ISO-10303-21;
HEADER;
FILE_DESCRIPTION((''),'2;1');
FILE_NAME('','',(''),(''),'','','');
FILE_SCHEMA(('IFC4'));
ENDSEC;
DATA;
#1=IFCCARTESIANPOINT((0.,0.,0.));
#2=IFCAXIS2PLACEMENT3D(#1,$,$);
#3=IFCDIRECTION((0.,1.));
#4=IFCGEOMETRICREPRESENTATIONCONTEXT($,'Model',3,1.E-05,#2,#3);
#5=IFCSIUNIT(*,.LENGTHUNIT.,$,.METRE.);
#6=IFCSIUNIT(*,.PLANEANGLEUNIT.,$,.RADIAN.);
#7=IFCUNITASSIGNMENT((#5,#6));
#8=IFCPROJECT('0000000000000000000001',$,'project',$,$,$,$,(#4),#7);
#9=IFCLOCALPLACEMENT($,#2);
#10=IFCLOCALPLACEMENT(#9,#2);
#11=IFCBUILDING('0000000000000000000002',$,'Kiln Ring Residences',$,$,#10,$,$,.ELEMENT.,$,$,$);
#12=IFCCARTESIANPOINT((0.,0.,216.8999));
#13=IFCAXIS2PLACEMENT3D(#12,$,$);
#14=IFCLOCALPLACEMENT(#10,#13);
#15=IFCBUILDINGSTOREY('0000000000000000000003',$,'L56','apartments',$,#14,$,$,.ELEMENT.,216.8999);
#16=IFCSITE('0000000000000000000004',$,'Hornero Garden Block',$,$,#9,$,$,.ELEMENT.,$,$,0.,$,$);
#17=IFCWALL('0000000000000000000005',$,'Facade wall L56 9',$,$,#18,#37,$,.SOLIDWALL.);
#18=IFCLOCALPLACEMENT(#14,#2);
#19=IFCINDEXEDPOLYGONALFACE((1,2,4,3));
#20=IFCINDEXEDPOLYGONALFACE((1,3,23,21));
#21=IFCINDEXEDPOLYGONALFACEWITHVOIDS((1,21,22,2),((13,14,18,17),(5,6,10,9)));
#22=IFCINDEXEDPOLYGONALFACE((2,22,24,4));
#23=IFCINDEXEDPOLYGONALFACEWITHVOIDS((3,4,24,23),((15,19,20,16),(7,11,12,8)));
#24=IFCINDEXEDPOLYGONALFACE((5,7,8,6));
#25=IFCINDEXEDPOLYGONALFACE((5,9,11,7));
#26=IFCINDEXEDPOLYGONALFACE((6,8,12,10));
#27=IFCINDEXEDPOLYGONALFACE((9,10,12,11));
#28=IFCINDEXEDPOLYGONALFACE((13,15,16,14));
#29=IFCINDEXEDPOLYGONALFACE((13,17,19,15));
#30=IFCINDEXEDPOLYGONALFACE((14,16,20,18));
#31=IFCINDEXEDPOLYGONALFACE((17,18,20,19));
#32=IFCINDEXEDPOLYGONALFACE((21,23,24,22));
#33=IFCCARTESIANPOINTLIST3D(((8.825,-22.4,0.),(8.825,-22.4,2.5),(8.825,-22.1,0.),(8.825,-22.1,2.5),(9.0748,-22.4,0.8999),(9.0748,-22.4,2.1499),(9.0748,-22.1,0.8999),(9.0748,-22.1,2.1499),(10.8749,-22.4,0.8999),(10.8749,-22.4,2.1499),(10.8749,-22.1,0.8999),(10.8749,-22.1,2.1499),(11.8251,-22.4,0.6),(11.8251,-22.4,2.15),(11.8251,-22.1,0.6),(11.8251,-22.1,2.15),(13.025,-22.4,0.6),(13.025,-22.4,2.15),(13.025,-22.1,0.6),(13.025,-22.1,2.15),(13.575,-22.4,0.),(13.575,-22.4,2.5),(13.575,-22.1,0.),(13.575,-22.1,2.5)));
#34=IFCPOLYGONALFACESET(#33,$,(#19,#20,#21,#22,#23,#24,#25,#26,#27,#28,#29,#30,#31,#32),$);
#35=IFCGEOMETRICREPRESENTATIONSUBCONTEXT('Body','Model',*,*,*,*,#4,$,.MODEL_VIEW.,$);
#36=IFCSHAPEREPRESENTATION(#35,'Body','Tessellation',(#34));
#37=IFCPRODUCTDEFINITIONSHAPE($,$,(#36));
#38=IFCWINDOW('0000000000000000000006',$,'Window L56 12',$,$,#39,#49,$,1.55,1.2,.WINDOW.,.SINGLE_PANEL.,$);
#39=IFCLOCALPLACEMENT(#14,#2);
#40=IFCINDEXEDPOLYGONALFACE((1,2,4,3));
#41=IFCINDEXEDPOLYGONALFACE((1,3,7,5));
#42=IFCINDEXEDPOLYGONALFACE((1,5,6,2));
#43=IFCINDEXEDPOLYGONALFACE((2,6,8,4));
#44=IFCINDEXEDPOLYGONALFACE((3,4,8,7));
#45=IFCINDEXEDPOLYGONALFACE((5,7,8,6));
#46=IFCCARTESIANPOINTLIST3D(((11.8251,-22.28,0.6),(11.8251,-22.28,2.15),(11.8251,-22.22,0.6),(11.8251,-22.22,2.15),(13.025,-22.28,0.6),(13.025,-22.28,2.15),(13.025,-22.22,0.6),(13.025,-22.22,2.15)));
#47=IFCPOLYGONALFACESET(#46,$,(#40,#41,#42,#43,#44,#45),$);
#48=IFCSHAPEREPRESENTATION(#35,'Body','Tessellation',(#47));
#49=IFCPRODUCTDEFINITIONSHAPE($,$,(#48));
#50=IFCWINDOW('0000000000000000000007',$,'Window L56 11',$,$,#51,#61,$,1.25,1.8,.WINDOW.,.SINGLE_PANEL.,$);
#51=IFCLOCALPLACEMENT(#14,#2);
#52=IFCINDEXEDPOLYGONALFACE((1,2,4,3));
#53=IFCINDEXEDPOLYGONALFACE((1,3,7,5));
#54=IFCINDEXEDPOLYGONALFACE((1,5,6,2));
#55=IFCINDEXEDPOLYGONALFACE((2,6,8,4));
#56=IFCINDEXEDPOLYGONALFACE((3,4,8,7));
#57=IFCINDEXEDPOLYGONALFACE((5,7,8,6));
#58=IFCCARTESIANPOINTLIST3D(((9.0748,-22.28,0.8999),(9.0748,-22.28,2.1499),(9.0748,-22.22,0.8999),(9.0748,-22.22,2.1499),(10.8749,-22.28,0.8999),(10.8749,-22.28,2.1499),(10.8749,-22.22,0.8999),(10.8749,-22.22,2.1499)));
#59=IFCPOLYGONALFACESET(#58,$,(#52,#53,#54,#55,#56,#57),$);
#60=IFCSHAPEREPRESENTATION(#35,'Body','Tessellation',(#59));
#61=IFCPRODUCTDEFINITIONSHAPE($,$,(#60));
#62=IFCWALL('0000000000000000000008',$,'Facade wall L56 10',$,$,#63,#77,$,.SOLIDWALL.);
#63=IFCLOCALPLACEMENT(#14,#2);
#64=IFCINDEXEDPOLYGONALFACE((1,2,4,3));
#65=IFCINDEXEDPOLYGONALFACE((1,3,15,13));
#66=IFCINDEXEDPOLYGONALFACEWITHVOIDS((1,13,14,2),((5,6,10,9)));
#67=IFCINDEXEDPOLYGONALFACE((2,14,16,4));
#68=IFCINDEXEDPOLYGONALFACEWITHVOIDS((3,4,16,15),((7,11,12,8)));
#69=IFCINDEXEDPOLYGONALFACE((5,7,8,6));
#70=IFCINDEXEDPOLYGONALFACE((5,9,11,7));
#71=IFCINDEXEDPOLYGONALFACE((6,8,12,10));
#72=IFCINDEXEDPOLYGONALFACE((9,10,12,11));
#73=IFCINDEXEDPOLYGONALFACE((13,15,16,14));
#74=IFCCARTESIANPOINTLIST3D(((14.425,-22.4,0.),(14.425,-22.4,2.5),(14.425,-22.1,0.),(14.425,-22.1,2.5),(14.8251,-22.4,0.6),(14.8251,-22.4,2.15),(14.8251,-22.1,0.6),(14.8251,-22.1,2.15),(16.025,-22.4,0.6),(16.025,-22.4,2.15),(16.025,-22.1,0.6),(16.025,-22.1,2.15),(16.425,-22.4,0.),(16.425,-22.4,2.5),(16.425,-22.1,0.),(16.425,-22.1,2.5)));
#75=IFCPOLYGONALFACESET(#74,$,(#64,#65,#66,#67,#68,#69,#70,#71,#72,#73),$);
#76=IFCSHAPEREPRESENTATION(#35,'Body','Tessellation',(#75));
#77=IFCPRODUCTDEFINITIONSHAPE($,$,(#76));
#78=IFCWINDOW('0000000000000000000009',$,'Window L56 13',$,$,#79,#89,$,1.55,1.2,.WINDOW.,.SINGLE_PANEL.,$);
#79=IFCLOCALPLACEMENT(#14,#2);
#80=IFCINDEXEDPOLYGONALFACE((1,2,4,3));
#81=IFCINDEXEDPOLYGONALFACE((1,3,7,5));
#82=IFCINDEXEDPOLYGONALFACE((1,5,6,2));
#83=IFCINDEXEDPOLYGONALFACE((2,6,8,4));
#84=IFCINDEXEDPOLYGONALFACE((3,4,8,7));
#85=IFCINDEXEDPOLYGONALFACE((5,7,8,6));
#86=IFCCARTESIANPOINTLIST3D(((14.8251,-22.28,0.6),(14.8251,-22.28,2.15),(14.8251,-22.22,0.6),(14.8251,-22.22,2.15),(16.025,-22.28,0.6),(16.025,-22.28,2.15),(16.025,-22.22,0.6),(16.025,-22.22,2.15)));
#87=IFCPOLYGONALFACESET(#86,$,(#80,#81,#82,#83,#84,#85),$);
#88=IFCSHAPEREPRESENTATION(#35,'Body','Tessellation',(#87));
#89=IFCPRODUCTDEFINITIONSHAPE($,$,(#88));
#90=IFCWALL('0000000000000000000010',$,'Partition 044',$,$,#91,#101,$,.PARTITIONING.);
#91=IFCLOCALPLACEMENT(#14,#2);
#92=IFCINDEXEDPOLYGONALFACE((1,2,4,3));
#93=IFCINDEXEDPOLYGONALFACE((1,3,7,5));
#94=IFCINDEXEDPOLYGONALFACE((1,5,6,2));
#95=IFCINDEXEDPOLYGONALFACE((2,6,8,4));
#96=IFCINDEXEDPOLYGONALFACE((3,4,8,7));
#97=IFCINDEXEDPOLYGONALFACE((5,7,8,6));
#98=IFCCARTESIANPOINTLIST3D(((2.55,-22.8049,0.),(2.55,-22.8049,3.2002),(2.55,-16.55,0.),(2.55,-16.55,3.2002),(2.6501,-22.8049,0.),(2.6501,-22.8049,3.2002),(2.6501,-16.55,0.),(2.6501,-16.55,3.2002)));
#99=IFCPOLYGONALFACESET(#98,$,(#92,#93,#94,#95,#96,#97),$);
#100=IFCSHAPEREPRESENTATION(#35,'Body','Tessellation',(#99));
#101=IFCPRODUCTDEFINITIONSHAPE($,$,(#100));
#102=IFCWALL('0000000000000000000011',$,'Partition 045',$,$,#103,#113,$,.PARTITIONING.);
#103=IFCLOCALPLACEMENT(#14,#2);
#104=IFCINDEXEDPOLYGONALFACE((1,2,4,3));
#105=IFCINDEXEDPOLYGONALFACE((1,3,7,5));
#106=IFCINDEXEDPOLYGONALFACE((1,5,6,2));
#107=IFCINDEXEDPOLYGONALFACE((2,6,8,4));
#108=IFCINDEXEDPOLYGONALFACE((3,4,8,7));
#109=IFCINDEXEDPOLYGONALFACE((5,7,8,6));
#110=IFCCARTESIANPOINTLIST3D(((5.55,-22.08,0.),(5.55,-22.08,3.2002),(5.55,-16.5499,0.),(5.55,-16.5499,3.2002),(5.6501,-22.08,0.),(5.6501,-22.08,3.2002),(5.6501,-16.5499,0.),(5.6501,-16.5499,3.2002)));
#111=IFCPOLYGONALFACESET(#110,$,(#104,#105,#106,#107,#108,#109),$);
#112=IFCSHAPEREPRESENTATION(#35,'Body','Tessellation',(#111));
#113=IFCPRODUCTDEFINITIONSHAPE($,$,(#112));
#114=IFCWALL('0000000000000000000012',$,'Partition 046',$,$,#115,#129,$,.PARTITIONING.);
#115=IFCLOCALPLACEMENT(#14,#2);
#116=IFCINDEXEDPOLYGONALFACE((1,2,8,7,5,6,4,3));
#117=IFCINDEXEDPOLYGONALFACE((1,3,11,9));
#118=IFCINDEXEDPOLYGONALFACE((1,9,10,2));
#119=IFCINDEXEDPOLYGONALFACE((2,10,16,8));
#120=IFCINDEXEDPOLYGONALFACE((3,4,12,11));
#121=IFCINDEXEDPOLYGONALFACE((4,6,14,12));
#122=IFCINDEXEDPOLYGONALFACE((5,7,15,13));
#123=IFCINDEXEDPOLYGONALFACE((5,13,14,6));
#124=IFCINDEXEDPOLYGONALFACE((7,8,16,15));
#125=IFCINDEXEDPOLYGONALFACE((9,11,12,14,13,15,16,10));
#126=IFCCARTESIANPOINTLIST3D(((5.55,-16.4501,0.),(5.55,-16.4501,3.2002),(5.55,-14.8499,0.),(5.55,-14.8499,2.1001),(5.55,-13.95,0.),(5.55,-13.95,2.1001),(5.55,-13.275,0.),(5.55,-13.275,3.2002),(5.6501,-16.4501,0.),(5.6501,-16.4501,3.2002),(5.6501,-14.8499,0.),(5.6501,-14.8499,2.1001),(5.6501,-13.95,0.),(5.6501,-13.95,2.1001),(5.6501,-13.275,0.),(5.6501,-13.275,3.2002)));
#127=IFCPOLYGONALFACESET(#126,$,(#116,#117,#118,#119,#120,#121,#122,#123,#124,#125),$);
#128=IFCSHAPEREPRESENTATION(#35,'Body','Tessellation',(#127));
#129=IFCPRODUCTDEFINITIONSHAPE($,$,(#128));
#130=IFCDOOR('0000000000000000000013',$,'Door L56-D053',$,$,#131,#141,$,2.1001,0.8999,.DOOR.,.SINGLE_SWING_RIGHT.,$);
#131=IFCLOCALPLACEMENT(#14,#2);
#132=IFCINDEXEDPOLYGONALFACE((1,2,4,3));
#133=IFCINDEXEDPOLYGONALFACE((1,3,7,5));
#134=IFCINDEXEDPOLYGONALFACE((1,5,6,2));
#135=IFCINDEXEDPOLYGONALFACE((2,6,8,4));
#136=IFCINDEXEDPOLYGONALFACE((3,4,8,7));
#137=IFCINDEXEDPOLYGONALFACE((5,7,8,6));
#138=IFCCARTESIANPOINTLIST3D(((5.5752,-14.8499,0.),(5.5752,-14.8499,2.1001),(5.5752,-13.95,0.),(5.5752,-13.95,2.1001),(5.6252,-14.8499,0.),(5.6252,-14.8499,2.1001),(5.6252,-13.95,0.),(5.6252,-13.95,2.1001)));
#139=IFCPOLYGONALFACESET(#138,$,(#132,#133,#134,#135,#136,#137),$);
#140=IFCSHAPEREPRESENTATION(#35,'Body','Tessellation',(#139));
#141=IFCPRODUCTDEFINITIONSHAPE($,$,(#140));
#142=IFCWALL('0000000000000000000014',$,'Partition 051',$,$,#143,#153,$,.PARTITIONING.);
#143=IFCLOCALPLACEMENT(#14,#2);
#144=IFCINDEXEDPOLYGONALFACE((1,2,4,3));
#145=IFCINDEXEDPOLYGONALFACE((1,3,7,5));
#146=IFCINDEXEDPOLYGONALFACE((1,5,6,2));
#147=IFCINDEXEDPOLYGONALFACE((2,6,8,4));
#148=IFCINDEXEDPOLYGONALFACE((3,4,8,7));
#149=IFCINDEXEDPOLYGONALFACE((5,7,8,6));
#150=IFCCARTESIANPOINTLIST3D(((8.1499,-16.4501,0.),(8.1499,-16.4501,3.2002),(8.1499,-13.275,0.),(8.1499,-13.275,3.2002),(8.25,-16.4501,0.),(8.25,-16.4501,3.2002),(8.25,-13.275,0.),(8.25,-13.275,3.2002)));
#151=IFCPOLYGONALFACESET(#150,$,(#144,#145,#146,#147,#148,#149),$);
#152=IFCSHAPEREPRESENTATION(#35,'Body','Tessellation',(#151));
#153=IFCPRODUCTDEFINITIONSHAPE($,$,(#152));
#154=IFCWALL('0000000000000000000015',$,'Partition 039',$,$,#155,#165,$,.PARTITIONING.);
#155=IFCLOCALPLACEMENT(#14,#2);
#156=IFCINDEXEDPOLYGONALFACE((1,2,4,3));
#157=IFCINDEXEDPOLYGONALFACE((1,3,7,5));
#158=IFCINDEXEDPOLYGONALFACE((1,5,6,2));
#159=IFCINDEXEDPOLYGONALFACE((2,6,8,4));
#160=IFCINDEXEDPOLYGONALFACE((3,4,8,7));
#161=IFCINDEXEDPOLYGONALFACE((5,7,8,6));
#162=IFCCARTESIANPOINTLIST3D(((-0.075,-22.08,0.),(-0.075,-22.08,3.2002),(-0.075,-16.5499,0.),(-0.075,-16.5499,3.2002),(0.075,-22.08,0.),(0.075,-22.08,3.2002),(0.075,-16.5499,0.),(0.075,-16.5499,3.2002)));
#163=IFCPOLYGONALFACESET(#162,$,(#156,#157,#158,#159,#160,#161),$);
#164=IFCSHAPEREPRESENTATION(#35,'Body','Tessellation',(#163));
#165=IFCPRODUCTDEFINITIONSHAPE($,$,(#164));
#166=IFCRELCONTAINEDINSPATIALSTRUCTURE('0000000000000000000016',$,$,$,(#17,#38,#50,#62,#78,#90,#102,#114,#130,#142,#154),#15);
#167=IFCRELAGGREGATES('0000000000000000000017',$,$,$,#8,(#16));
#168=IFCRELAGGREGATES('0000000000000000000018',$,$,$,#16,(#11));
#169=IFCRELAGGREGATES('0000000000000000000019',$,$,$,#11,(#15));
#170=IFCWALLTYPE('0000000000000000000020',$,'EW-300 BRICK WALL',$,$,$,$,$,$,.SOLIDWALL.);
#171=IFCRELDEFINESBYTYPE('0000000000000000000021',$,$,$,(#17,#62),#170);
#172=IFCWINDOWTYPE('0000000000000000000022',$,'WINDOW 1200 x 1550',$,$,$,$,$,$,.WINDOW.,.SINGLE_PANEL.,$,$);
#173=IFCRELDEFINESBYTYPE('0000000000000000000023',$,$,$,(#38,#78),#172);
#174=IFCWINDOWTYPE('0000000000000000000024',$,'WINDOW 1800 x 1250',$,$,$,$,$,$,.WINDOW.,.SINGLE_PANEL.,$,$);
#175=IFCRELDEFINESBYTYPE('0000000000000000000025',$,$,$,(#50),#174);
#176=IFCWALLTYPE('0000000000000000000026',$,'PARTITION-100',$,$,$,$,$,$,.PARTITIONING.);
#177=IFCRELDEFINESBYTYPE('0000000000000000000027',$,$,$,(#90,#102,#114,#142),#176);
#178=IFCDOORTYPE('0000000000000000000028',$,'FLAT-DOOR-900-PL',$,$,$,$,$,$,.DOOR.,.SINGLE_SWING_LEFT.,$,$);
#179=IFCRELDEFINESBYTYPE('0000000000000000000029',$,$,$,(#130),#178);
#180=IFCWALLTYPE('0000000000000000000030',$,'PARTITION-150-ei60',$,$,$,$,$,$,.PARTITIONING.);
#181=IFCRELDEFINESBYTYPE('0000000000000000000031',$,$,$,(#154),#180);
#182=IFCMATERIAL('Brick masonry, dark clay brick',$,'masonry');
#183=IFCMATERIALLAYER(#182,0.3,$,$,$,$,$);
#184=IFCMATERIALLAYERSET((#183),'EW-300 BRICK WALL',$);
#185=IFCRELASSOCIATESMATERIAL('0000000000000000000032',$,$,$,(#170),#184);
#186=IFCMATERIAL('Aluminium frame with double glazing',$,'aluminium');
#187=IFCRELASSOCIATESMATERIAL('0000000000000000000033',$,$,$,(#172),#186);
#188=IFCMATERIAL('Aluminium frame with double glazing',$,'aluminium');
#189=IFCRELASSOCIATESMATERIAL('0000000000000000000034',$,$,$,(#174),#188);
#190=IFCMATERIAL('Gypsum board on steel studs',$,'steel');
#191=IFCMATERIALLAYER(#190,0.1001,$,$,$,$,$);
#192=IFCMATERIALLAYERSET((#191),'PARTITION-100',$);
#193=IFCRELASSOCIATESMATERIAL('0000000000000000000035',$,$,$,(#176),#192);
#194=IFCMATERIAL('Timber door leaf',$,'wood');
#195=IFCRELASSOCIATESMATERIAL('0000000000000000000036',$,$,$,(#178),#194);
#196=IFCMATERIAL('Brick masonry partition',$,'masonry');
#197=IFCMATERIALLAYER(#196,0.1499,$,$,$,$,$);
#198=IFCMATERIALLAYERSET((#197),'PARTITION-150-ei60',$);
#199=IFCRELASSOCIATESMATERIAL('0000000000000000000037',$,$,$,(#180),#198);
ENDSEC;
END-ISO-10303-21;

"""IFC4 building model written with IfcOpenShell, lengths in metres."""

from ifc_helpers import new_model, si_unit, direction, frame, frame_2d, origin, place, context, subcontext, project, spatial, rectangle, extrude, material, layer, layer_set, type_object, element, fill, save


model = new_model("IFC4")

# Units and contexts
model_context = context("Model", 3, precision=1e-05, world=origin(), true_north=direction((0.0, 1.0)))
body_context = subcontext(model_context, "Body", "Model", "MODEL_VIEW")
ifc_project = project(units=[si_unit("LENGTHUNIT", "METRE"), si_unit("PLANEANGLEUNIT", "RADIAN")], contexts=[model_context])

# Site, building, storey
site_placement = place(None, origin())
site = spatial("IfcSite", under=ifc_project, at=site_placement, Name="Hornero Garden Block", CompositionType="ELEMENT", RefElevation=0.0)
building_placement = place(site_placement, origin())
building = spatial("IfcBuilding", under=site, at=building_placement, Name="Kiln Ring Residences", CompositionType="ELEMENT")
storey_placement = place(building_placement, frame((0.0, 0.0, 216.8999)))
storey = spatial("IfcBuildingStorey", under=building, at=storey_placement, Name="L56", Description="apartments", CompositionType="ELEMENT", Elevation=216.8999)

# Wall, openings, windows
ifc_material_1 = material(Name="Brick masonry, dark clay brick", Category="masonry")
ifc_layer_1 = layer(ifc_material_1, 0.3)
ifc_layer_set_1 = layer_set([ifc_layer_1], Name="EW-300 BRICK WALL")
wall_type_1 = type_object("IfcWallType", Name="EW-300 BRICK WALL", PredefinedType="SOLIDWALL", material=ifc_layer_set_1)
ifc_material_2 = material(Name="Aluminium frame with double glazing", Category="aluminium")
window_type_1 = type_object("IfcWindowType", Name="WINDOW 1200 x 1550", PartitioningType="SINGLE_PANEL", PredefinedType="WINDOW", material=ifc_material_2)
wall_1_placement = place(storey_placement, frame((8.825, -22.25, 0.0), z_axis=(0.0, 0.0, 1.0), x_axis=(1.0, 0.0, 0.0)))
wall_1 = element("IfcWall", 1, at=wall_1_placement, inside=storey, type_object=wall_type_1, Name="Facade wall L56 9", PredefinedType="SOLIDWALL", context=body_context, shape_type="SweptSolid", body=[
    extrude(rectangle(XDim=4.75, YDim=0.3, at=frame_2d((2.375, 0.0))), origin(), (0.0, 0.0, 1.0), 2.5),
])
opening_1_placement = place(wall_1_placement, frame((0.25, 0.0, 0.8999)))
opening_1 = element("IfcOpeningElement", 2, at=opening_1_placement, cuts=wall_1, PredefinedType="OPENING", context=body_context, shape_type="SweptSolid", body=[
    extrude(rectangle(XDim=1.8, YDim=1.25, at=frame_2d((0.8999, 0.625))), frame((0.0, 0.1599, 0.0), z_axis=(0.0, -1.0, 0.0), x_axis=(1.0, 0.0, 0.0)), (0.0, 0.0, 1.0), 0.3201),
])
opening_2_placement = place(wall_1_placement, frame((3.0, 0.0, 0.6001)))
opening_2 = element("IfcOpeningElement", 3, at=opening_2_placement, cuts=wall_1, PredefinedType="OPENING", context=body_context, shape_type="SweptSolid", body=[
    extrude(rectangle(XDim=1.2, YDim=1.55, at=frame_2d((0.6001, 0.7749))), frame((0.0, 0.1599, 0.0), z_axis=(0.0, -1.0, 0.0), x_axis=(1.0, 0.0, 0.0)), (0.0, 0.0, 1.0), 0.3201),
])
window_1_placement = place(opening_2_placement, origin())
window_1 = element("IfcWindow", 4, at=window_1_placement, inside=storey, type_object=window_type_1, Name="Window L56 12", OverallHeight=1.55, OverallWidth=1.2, PartitioningType="SINGLE_PANEL", PredefinedType="WINDOW", context=body_context, shape_type="SweptSolid", body=[
    extrude(rectangle(XDim=1.2, YDim=1.55, at=frame_2d((0.6001, 0.7749))), frame((0.0, 0.03, 0.0), z_axis=(0.0, -1.0, 0.0), x_axis=(1.0, 0.0, 0.0)), (0.0, 0.0, 1.0), 0.0601),
])
fill(opening_2, window_1)
ifc_material_3 = material(Name="Aluminium frame with double glazing", Category="aluminium")
window_type_2 = type_object("IfcWindowType", Name="WINDOW 1800 x 1250", PartitioningType="SINGLE_PANEL", PredefinedType="WINDOW", material=ifc_material_3)
window_2_placement = place(opening_1_placement, origin())
window_2 = element("IfcWindow", 5, at=window_2_placement, inside=storey, type_object=window_type_2, Name="Window L56 11", OverallHeight=1.25, OverallWidth=1.8, PartitioningType="SINGLE_PANEL", PredefinedType="WINDOW", context=body_context, shape_type="SweptSolid", body=[
    extrude(rectangle(XDim=1.8, YDim=1.25, at=frame_2d((0.8999, 0.625))), frame((0.0, 0.03, 0.0), z_axis=(0.0, -1.0, 0.0), x_axis=(1.0, 0.0, 0.0)), (0.0, 0.0, 1.0), 0.0601),
])
fill(opening_1, window_2)

# Wall, opening, window
wall_2_placement = place(storey_placement, frame((14.425, -22.25, 0.0), z_axis=(0.0, 0.0, 1.0), x_axis=(1.0, 0.0, 0.0)))
wall_2 = element("IfcWall", 6, at=wall_2_placement, inside=storey, type_object=wall_type_1, Name="Facade wall L56 10", PredefinedType="SOLIDWALL", context=body_context, shape_type="SweptSolid", body=[
    extrude(rectangle(XDim=2.0, YDim=0.3, at=frame_2d((1.0, 0.0))), origin(), (0.0, 0.0, 1.0), 2.5),
])
opening_3_placement = place(wall_2_placement, frame((0.3999, 0.0, 0.6001)))
opening_3 = element("IfcOpeningElement", 7, at=opening_3_placement, cuts=wall_2, PredefinedType="OPENING", context=body_context, shape_type="SweptSolid", body=[
    extrude(rectangle(XDim=1.2, YDim=1.55, at=frame_2d((0.6001, 0.7749))), frame((0.0, 0.1599, 0.0), z_axis=(0.0, -1.0, 0.0), x_axis=(1.0, 0.0, 0.0)), (0.0, 0.0, 1.0), 0.3201),
])
window_3_placement = place(opening_3_placement, origin())
window_3 = element("IfcWindow", 8, at=window_3_placement, inside=storey, type_object=window_type_1, Name="Window L56 13", OverallHeight=1.55, OverallWidth=1.2, PartitioningType="SINGLE_PANEL", PredefinedType="WINDOW", context=body_context, shape_type="SweptSolid", body=[
    extrude(rectangle(XDim=1.2, YDim=1.55, at=frame_2d((0.6001, 0.7749))), frame((0.0, 0.03, 0.0), z_axis=(0.0, -1.0, 0.0), x_axis=(1.0, 0.0, 0.0)), (0.0, 0.0, 1.0), 0.0601),
])
fill(opening_3, window_3)

# Walls
ifc_material_4 = material(Name="Gypsum board on steel studs", Category="steel")
ifc_layer_2 = layer(ifc_material_4, 0.1001)
ifc_layer_set_2 = layer_set([ifc_layer_2], Name="PARTITION-100")
wall_type_2 = type_object("IfcWallType", Name="PARTITION-100", PredefinedType="PARTITIONING", material=ifc_layer_set_2)
wall_3_placement = place(storey_placement, frame((2.6001, -22.8049, 0.0), z_axis=(0.0, 0.0, 1.0), x_axis=(0.0, 1.0, 0.0)))
element("IfcWall", 9, at=wall_3_placement, inside=storey, type_object=wall_type_2, Name="Partition 044", PredefinedType="PARTITIONING", context=body_context, shape_type="SweptSolid", body=[
    extrude(rectangle(XDim=6.2549, YDim=0.1001, at=frame_2d((3.1274, 0.0))), origin(), (0.0, 0.0, 1.0), 3.2002),
])
wall_4_placement = place(storey_placement, frame((5.6001, -22.0801, 0.0), z_axis=(0.0, 0.0, 1.0), x_axis=(0.0, 1.0, 0.0)))
element("IfcWall", 10, at=wall_4_placement, inside=storey, type_object=wall_type_2, Name="Partition 045", PredefinedType="PARTITIONING", context=body_context, shape_type="SweptSolid", body=[
    extrude(rectangle(XDim=5.53, YDim=0.1001, at=frame_2d((2.7651, 0.0))), origin(), (0.0, 0.0, 1.0), 3.2002),
])

# Wall, opening, door
wall_5_placement = place(storey_placement, frame((5.6001, -16.45, 0.0), z_axis=(0.0, 0.0, 1.0), x_axis=(0.0, 1.0, 0.0)))
wall_5 = element("IfcWall", 11, at=wall_5_placement, inside=storey, type_object=wall_type_2, Name="Partition 046", PredefinedType="PARTITIONING", context=body_context, shape_type="SweptSolid", body=[
    extrude(rectangle(XDim=3.175, YDim=0.1001, at=frame_2d((1.5874, 0.0))), origin(), (0.0, 0.0, 1.0), 3.2002),
])
opening_4_placement = place(wall_5_placement, frame((1.6001, 0.0, 0.0)))
opening_4 = element("IfcOpeningElement", 12, at=opening_4_placement, cuts=wall_5, PredefinedType="OPENING", context=body_context, shape_type="SweptSolid", body=[
    extrude(rectangle(XDim=0.8999, YDim=2.1001, at=frame_2d((0.45, 1.05))), frame((0.0, 0.0601, 0.0), z_axis=(0.0, -1.0, 0.0), x_axis=(1.0, 0.0, 0.0)), (0.0, 0.0, 1.0), 0.1201),
])
ifc_material_5 = material(Name="Timber door leaf", Category="wood")
door_type = type_object("IfcDoorType", Name="FLAT-DOOR-900-PL", OperationType="SINGLE_SWING_LEFT", PredefinedType="DOOR", material=ifc_material_5)
door_placement = place(opening_4_placement, origin())
door = element("IfcDoor", 13, at=door_placement, inside=storey, type_object=door_type, Name="Door L56-D053", OperationType="SINGLE_SWING_RIGHT", OverallHeight=2.1001, OverallWidth=0.8999, PredefinedType="DOOR", context=body_context, shape_type="SweptSolid", body=[
    extrude(rectangle(XDim=0.8999, YDim=2.1001, at=frame_2d((0.45, 1.05))), frame((0.0, 0.0249, 0.0), z_axis=(0.0, -1.0, 0.0), x_axis=(1.0, 0.0, 0.0)), (0.0, 0.0, 1.0), 0.05),
])
fill(opening_4, door)

# Walls
wall_6_placement = place(storey_placement, frame((8.2, -16.45, 0.0), z_axis=(0.0, 0.0, 1.0), x_axis=(0.0, 1.0, 0.0)))
element("IfcWall", 14, at=wall_6_placement, inside=storey, type_object=wall_type_2, Name="Partition 051", PredefinedType="PARTITIONING", context=body_context, shape_type="SweptSolid", body=[
    extrude(rectangle(XDim=3.175, YDim=0.1001, at=frame_2d((1.5874, 0.0))), origin(), (0.0, 0.0, 1.0), 3.2002),
])
ifc_material_6 = material(Name="Brick masonry partition", Category="masonry")
ifc_layer_3 = layer(ifc_material_6, 0.1499)
ifc_layer_set_3 = layer_set([ifc_layer_3], Name="PARTITION-150-ei60")
wall_type_3 = type_object("IfcWallType", Name="PARTITION-150-ei60", PredefinedType="PARTITIONING", material=ifc_layer_set_3)
wall_7_placement = place(storey_placement, frame((0.0, -22.0801, 0.0), z_axis=(0.0, 0.0, 1.0), x_axis=(0.0, 1.0, 0.0)))
element("IfcWall", 15, at=wall_7_placement, inside=storey, type_object=wall_type_3, Name="Partition 039", PredefinedType="PARTITIONING", context=body_context, shape_type="SweptSolid", body=[
    extrude(rectangle(XDim=5.53, YDim=0.1499, at=frame_2d((2.7651, 0.0))), origin(), (0.0, 0.0, 1.0), 3.2002),
])

save(model, "model.ifc")
